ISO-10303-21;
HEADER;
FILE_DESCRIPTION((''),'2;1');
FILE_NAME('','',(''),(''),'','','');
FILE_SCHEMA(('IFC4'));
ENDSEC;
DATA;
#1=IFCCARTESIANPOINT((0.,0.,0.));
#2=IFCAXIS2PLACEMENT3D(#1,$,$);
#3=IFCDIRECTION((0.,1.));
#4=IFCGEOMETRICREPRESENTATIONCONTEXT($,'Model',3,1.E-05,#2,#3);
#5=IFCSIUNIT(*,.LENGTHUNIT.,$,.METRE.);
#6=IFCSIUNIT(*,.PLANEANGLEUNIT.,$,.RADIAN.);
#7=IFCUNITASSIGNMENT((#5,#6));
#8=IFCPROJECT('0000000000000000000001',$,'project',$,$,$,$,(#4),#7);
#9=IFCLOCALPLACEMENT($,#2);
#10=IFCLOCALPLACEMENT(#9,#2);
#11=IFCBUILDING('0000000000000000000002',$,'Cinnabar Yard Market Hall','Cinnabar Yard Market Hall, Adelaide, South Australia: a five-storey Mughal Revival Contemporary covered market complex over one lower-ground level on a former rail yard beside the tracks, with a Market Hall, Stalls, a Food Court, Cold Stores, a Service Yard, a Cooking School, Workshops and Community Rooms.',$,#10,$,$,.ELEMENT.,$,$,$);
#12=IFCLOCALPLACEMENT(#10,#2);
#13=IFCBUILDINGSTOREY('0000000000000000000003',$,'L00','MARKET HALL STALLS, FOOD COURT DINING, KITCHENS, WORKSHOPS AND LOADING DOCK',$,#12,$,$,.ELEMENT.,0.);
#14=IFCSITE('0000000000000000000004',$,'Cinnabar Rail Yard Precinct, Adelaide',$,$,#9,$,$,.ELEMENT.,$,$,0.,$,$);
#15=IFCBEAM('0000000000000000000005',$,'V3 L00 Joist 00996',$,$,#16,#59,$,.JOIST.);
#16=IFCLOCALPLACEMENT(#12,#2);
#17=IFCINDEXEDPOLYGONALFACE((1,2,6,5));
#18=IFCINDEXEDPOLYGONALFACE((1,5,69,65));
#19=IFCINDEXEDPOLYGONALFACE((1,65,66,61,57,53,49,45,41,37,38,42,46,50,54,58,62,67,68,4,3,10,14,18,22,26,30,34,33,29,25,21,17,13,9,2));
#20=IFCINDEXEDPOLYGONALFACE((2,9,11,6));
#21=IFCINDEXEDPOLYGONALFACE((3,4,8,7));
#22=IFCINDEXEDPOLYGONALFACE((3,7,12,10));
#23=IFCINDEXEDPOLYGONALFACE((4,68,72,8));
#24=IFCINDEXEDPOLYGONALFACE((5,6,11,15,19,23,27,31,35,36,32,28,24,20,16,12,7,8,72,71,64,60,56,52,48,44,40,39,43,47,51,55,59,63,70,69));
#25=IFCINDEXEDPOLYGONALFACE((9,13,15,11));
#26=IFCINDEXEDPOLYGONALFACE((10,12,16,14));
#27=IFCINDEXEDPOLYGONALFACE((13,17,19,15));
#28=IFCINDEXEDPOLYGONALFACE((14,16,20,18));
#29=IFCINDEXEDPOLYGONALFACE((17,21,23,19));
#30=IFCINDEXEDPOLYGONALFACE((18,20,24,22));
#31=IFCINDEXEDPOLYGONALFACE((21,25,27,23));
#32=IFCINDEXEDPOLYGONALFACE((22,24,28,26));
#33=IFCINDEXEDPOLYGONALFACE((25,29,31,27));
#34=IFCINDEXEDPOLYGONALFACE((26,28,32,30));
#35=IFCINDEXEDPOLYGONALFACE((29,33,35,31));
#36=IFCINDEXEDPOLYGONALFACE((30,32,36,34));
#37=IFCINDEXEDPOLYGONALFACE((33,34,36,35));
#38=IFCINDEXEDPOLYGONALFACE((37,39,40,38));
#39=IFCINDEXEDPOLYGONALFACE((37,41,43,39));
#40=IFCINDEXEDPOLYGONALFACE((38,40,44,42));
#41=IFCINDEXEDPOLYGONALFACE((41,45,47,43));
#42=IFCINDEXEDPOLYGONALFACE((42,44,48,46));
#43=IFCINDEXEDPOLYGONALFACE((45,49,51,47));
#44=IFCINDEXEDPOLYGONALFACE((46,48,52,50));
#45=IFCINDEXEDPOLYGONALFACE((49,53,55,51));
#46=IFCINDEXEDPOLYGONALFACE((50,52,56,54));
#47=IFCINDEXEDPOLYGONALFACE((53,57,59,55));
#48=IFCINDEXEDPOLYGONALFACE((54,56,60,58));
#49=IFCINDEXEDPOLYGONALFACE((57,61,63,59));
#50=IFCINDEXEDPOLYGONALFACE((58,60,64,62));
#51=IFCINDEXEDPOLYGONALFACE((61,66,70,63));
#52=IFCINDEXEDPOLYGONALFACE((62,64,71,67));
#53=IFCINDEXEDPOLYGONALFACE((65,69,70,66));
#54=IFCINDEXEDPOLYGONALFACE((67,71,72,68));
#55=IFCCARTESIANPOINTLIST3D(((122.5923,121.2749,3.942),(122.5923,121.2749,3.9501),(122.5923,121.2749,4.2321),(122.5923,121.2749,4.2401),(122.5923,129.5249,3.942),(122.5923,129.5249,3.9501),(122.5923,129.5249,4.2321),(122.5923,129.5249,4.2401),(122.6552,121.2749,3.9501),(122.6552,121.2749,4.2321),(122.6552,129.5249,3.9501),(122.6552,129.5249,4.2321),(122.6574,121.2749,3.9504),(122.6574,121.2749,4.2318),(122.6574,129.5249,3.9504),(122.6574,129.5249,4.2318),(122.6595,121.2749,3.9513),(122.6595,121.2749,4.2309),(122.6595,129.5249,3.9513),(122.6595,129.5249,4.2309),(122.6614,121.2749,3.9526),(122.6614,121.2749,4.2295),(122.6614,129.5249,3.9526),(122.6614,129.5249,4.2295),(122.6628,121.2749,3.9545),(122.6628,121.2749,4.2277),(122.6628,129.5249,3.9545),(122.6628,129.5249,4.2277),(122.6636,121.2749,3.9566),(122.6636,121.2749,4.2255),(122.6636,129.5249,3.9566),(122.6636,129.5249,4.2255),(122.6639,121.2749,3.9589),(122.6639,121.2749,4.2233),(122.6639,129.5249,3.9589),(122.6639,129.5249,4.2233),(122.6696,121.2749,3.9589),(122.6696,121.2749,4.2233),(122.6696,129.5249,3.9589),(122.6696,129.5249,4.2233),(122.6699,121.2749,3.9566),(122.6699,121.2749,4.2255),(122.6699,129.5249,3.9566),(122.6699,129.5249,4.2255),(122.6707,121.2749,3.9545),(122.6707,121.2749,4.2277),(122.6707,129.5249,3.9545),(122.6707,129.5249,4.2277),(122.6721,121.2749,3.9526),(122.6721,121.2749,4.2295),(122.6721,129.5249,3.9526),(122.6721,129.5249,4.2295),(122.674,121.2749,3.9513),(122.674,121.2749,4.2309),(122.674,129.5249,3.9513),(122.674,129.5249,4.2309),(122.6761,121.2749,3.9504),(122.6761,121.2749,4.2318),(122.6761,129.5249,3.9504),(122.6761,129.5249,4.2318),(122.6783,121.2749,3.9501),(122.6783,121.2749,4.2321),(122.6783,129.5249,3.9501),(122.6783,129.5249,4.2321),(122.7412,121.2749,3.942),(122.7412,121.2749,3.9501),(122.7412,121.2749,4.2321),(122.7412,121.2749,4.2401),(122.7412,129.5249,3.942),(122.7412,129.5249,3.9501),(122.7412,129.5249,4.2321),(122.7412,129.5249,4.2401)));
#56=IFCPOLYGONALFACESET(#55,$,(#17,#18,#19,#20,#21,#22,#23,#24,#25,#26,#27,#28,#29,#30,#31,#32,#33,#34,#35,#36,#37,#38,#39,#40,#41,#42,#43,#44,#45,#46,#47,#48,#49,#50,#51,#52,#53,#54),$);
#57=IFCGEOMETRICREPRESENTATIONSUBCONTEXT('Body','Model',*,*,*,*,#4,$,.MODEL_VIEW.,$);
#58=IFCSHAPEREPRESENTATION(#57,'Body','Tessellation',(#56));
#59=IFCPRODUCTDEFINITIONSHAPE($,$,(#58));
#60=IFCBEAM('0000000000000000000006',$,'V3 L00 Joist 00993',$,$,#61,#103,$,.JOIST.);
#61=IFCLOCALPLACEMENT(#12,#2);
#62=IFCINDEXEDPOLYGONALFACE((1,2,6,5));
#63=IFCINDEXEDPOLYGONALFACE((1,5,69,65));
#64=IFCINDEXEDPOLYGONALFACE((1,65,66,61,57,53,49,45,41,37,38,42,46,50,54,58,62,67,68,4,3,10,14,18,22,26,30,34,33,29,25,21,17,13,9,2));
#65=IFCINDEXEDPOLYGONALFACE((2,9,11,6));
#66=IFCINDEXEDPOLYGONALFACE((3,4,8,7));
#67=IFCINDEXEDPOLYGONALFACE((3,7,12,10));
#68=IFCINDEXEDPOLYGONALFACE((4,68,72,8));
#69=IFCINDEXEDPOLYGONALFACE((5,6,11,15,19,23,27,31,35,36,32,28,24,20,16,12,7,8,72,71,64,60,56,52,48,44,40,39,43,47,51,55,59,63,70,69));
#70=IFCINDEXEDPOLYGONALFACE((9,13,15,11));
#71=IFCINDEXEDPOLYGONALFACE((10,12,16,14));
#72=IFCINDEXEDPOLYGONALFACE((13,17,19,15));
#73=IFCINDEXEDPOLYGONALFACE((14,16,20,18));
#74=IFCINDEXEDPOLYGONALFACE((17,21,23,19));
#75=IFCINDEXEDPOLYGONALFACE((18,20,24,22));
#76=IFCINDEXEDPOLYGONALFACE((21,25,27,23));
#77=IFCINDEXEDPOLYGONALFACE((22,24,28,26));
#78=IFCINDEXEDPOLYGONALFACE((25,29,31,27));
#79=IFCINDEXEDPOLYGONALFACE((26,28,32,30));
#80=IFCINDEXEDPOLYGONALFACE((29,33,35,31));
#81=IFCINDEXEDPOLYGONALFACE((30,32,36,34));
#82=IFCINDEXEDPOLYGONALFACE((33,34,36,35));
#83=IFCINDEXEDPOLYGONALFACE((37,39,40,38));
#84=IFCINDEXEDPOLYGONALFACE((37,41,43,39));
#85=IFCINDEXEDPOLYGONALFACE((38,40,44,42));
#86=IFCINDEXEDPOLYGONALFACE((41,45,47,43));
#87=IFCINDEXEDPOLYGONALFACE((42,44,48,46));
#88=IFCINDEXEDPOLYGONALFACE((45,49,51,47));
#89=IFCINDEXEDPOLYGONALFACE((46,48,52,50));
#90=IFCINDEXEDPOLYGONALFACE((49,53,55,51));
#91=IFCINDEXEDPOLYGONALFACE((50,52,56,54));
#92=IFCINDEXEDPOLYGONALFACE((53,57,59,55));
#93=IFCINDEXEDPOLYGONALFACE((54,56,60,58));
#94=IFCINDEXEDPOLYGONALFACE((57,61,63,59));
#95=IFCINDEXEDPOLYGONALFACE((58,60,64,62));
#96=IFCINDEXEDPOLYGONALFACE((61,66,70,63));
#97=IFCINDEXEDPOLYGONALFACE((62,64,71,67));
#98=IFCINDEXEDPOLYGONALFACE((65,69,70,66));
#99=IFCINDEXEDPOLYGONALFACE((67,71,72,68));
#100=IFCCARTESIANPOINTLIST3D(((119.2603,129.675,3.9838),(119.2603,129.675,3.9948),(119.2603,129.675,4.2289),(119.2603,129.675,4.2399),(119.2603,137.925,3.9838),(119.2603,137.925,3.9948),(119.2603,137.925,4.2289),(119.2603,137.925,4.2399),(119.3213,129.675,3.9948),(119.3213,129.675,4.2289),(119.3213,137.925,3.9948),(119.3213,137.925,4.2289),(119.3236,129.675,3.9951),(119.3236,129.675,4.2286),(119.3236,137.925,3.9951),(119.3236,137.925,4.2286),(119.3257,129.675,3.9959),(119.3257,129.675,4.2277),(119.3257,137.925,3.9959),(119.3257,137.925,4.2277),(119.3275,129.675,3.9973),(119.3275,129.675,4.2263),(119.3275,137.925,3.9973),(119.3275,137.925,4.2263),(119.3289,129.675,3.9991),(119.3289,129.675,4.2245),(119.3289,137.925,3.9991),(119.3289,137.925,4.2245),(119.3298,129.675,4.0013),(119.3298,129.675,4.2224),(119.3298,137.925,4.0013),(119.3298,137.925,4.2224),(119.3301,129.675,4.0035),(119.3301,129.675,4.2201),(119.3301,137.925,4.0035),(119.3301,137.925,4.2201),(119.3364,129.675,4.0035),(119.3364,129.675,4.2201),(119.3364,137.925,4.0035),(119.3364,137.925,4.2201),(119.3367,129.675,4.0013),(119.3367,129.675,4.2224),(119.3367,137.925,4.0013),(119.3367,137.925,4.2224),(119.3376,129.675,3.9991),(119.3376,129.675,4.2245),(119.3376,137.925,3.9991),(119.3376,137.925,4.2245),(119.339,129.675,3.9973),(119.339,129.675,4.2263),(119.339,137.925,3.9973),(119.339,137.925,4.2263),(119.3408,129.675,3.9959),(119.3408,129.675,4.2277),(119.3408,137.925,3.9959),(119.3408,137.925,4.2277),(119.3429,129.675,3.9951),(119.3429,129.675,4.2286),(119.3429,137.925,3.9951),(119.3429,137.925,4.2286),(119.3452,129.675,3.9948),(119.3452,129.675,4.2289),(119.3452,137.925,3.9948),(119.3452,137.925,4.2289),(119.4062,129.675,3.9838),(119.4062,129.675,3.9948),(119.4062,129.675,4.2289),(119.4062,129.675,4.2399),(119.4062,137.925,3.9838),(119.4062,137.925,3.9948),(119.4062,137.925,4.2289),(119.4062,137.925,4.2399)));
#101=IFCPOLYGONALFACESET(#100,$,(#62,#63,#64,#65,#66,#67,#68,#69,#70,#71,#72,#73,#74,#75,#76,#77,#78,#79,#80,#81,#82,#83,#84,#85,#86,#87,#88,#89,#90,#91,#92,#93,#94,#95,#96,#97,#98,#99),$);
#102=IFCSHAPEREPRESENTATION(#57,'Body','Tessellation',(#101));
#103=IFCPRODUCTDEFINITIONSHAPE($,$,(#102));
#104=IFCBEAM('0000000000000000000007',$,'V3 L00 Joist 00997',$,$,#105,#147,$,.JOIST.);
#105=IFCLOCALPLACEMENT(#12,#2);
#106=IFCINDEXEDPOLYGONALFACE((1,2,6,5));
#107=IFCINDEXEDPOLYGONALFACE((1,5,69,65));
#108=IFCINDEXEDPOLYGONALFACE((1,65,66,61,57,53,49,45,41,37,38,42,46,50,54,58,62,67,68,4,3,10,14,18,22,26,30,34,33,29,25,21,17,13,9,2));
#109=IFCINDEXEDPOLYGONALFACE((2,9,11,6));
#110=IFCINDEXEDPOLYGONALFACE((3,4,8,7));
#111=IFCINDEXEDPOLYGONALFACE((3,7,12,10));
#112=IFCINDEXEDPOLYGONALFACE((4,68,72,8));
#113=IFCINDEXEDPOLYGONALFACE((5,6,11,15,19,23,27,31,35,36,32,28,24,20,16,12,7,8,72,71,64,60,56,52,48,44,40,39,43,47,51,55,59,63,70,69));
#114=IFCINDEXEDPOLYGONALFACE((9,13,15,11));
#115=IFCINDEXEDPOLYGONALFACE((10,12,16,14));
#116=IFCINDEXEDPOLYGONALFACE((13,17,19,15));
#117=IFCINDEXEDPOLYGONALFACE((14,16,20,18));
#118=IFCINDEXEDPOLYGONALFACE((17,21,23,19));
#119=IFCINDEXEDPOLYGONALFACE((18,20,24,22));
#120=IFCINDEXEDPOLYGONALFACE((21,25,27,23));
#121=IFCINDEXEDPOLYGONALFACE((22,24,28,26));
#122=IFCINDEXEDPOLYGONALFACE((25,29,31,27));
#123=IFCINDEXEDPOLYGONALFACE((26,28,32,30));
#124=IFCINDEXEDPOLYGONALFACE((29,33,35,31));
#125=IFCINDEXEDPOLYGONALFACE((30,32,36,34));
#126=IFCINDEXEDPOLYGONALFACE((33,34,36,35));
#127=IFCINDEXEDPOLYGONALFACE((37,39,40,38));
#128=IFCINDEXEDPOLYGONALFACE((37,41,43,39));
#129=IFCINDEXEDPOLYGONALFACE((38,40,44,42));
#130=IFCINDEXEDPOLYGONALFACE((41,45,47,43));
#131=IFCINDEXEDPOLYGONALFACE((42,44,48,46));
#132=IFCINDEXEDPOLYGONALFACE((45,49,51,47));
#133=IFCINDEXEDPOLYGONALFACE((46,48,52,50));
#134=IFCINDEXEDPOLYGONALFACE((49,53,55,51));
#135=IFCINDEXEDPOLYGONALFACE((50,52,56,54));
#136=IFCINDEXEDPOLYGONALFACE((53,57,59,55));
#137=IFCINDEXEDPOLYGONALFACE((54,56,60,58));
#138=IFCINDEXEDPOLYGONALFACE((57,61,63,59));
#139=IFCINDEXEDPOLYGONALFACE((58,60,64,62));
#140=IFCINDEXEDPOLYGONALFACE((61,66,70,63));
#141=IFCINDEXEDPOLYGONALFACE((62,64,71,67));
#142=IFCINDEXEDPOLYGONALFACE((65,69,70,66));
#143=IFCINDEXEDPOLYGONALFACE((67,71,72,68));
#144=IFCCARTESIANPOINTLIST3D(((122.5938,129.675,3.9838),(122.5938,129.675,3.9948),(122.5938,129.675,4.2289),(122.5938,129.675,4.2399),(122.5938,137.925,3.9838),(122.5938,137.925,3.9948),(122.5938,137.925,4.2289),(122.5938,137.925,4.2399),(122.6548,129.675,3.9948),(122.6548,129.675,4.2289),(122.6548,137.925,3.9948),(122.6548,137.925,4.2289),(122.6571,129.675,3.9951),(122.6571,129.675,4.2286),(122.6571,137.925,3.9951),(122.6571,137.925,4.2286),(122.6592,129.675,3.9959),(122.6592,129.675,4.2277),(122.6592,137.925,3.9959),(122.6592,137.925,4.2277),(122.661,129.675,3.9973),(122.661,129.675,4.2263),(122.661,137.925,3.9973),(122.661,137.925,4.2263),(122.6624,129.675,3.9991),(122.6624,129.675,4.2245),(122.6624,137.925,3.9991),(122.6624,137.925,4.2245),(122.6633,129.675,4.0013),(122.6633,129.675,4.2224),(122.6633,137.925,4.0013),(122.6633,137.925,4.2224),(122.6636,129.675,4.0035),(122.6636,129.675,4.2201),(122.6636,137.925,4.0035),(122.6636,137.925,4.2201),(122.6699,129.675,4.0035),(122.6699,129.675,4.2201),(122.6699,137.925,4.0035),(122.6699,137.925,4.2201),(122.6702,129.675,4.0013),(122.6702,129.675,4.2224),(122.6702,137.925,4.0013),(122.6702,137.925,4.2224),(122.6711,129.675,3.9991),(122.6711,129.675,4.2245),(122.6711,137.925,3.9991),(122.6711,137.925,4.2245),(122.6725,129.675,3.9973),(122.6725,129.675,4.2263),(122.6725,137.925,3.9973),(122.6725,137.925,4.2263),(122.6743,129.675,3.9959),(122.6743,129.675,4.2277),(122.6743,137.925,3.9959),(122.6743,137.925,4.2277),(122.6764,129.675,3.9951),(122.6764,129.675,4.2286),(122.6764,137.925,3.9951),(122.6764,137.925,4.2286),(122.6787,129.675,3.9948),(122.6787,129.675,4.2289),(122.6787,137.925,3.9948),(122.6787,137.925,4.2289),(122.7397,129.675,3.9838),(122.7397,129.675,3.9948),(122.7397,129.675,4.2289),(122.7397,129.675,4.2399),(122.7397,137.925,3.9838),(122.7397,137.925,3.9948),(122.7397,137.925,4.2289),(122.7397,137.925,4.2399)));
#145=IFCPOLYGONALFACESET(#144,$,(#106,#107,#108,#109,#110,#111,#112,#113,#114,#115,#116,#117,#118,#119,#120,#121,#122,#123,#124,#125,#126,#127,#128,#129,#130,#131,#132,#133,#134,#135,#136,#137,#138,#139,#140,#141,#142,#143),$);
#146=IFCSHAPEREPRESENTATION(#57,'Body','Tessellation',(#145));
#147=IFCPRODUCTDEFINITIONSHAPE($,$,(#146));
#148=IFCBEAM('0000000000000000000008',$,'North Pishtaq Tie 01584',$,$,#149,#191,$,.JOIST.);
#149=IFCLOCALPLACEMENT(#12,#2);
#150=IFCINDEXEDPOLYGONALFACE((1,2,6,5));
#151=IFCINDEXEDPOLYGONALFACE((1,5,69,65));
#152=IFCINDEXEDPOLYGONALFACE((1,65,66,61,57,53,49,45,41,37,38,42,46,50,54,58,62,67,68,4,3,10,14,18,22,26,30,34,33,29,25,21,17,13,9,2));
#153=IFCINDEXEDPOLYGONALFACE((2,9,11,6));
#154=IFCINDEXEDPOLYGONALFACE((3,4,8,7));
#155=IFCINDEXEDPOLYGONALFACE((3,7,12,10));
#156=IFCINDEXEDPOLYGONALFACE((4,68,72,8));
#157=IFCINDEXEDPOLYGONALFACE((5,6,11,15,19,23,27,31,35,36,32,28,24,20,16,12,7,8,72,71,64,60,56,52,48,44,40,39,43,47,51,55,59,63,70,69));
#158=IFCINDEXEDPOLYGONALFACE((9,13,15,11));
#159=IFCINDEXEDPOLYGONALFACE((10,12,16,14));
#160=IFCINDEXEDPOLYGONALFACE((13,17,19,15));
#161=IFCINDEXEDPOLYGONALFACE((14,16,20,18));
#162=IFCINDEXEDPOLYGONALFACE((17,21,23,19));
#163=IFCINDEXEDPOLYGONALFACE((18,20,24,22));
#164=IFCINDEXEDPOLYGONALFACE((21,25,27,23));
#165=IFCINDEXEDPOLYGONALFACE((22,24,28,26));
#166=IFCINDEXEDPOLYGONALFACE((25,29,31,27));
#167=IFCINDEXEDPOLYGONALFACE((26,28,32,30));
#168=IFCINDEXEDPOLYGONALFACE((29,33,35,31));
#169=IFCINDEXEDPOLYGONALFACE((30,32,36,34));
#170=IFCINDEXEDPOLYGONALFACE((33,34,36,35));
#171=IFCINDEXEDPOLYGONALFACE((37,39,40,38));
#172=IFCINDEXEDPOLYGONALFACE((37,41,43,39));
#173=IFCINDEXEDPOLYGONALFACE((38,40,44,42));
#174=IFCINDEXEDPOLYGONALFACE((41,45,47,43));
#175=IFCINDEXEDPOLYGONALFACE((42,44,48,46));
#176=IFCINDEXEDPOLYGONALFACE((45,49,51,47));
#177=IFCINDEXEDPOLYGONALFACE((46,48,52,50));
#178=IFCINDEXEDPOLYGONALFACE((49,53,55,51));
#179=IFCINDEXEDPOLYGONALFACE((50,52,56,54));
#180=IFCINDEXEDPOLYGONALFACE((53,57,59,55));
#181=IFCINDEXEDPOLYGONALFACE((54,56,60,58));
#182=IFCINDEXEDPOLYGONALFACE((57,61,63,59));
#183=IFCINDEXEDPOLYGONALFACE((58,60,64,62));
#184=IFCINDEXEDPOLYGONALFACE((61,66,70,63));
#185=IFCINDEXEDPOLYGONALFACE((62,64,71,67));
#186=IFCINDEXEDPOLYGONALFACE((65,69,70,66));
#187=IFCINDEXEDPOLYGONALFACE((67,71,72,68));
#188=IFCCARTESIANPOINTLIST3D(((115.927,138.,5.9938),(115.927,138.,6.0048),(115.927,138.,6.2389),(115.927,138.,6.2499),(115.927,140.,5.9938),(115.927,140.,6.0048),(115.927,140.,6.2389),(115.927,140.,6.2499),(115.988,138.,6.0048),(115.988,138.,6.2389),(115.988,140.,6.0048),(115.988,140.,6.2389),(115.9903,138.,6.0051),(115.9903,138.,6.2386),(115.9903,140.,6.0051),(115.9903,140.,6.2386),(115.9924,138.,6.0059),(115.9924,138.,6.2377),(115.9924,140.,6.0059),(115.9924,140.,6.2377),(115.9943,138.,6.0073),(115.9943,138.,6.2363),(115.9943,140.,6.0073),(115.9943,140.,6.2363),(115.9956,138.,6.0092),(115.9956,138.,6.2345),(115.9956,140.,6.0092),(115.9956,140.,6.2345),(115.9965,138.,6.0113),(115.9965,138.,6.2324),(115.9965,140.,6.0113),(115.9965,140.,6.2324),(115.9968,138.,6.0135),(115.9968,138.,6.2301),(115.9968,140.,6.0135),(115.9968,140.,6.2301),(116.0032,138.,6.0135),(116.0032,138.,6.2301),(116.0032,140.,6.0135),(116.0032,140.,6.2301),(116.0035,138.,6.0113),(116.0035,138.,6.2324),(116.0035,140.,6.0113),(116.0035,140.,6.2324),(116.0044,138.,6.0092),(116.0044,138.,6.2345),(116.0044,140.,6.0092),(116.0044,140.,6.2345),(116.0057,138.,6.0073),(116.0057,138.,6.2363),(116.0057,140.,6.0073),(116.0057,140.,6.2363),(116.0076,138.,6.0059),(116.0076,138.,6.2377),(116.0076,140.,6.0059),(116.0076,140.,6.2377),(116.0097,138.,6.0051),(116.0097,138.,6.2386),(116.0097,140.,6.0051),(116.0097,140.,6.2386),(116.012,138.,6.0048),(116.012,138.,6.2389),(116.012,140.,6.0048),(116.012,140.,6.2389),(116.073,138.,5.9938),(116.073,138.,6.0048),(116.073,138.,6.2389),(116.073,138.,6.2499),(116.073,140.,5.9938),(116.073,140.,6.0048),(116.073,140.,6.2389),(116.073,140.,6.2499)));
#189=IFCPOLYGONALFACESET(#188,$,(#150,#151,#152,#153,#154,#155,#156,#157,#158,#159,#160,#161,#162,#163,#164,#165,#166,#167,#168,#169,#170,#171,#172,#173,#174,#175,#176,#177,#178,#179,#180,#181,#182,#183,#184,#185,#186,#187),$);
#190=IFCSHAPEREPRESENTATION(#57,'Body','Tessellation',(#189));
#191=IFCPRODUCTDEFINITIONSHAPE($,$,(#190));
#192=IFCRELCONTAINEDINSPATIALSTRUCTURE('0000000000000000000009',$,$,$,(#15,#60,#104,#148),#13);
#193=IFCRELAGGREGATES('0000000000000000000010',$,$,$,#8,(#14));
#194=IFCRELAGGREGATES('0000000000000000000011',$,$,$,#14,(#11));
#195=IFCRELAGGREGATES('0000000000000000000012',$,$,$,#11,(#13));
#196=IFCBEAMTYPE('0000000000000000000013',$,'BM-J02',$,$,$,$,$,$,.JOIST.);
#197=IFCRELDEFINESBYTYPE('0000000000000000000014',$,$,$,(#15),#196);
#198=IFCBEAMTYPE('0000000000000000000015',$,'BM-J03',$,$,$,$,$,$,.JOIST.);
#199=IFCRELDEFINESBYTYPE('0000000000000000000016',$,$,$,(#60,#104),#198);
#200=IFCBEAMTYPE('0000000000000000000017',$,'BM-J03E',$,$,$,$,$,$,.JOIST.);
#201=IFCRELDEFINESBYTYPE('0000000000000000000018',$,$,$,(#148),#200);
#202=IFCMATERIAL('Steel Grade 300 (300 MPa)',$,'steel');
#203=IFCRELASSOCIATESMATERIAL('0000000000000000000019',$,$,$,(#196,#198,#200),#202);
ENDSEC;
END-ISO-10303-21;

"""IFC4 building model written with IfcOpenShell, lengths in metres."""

from ifc_helpers import new_model, si_unit, direction, frame, origin, origin_2d_with_axis, place, context, subcontext, project, spatial, i_section, extrude, material, material_profile, profile_set, type_object, element, save


model = new_model("IFC4")

# Units and contexts
model_context = context("Model", 3, precision=1e-05, world=origin(), true_north=direction((0.0, 1.0)))
body_context = subcontext(model_context, "Body", "Model", "MODEL_VIEW")
ifc_project = project(units=[si_unit("LENGTHUNIT", "METRE"), si_unit("PLANEANGLEUNIT", "RADIAN")], contexts=[model_context])

# Site, building, storey
site_placement = place(None, origin())
site = spatial("IfcSite", under=ifc_project, at=site_placement, Name="Cinnabar Rail Yard Precinct, Adelaide", CompositionType="ELEMENT", RefElevation=0.0)
building_placement = place(site_placement, origin())
building = spatial("IfcBuilding", under=site, at=building_placement, Name="Cinnabar Yard Market Hall", Description="Cinnabar Yard Market Hall, Adelaide, South Australia: a five-storey Mughal Revival Contemporary covered market complex over one lower-ground level on a former rail yard beside the tracks, with a Market Hall, Stalls, a Food Court, Cold Stores, a Service Yard, a Cooking School, Workshops and Community Rooms.", CompositionType="ELEMENT")
storey_placement = place(building_placement, origin())
storey = spatial("IfcBuildingStorey", under=building, at=storey_placement, Name="L00", Description="MARKET HALL STALLS, FOOD COURT DINING, KITCHENS, WORKSHOPS AND LOADING DOCK", CompositionType="ELEMENT", Elevation=0.0)

# Shared definitions
ifc_material_1 = material(Name="Steel Grade 300 (300 MPa)", Category="steel")

# Beams
ifc_material_profile_1 = material_profile(ifc_material_1, i_section(OverallWidth=0.1489, OverallDepth=0.2981, WebThickness=0.0056, FlangeThickness=0.0081, FilletRadius=0.0088, at=origin_2d_with_axis()), Name="310UB32.0")
ifc_profile_set_1 = profile_set([ifc_material_profile_1], Name="Steel Grade 300 (300 MPa)")
beam_type_1 = type_object("IfcBeamType", Name="BM-J02", PredefinedType="JOIST", material=ifc_profile_set_1)
beam_1_placement = place(storey_placement, frame((122.6667, 121.2749, 4.0911), z_axis=(0.0, 1.0, 0.0), x_axis=(-1.0, 0.0, 0.0)))
element("IfcBeam", 1, at=beam_1_placement, inside=storey, type_object=beam_type_1, Name="V3 L00 Joist 00996", PredefinedType="JOIST", context=body_context, shape_type="SweptSolid", body=[
    extrude(i_section(OverallWidth=0.1489, OverallDepth=0.2981, WebThickness=0.0056, FlangeThickness=0.0081, FilletRadius=0.0088, at=origin_2d_with_axis()), origin(), (0.0, 0.0, 1.0), 8.25),
])
ifc_material_profile_2 = material_profile(ifc_material_1, i_section(OverallWidth=0.146, OverallDepth=0.2561, WebThickness=0.0063, FlangeThickness=0.011, FilletRadius=0.0088, at=origin_2d_with_axis()), Name="250UB37.3")
ifc_profile_set_2 = profile_set([ifc_material_profile_2], Name="Steel Grade 300 (300 MPa)")
beam_type_2 = type_object("IfcBeamType", Name="BM-J03", PredefinedType="JOIST", material=ifc_profile_set_2)
for number, where, z_axis, x_axis, name in (
    (2, (119.3333, 129.675, 4.1118), (0.0, 1.0, 0.0), (-1.0, 0.0, 0.0), "V3 L00 Joist 00993"),
    (3, (122.6667, 129.675, 4.1118), (0.0, 1.0, 0.0), (-1.0, 0.0, 0.0), "V3 L00 Joist 00997"),
):
    element("IfcBeam", number, at=place(storey_placement, frame(where, z_axis=z_axis, x_axis=x_axis)), inside=storey, type_object=beam_type_2, Name=name, PredefinedType="JOIST", context=body_context, shape_type="SweptSolid", body=[
        extrude(i_section(OverallWidth=0.146, OverallDepth=0.2561, WebThickness=0.0063, FlangeThickness=0.011, FilletRadius=0.0088, at=origin_2d_with_axis()), origin(), (0.0, 0.0, 1.0), 8.25),
    ])
ifc_material_profile_3 = material_profile(ifc_material_1, i_section(OverallWidth=0.146, OverallDepth=0.2561, WebThickness=0.0063, FlangeThickness=0.011, FilletRadius=0.0088, at=origin_2d_with_axis()), Name="250UB37.3")
ifc_profile_set_3 = profile_set([ifc_material_profile_3], Name="Steel Grade 300 (300 MPa)")
beam_type_3 = type_object("IfcBeamType", Name="BM-J03E", PredefinedType="JOIST", material=ifc_profile_set_3)
beam_2_placement = place(storey_placement, frame((116.0, 138.0, 6.1218), z_axis=(0.0, 1.0, 0.0), x_axis=(-1.0, 0.0, 0.0)))
element("IfcBeam", 4, at=beam_2_placement, inside=storey, type_object=beam_type_3, Name="North Pishtaq Tie 01584", PredefinedType="JOIST", context=body_context, shape_type="SweptSolid", body=[
    extrude(i_section(OverallWidth=0.146, OverallDepth=0.2561, WebThickness=0.0063, FlangeThickness=0.011, FilletRadius=0.0088, at=origin_2d_with_axis()), origin(), (0.0, 0.0, 1.0), 2.0),
])

save(model, "model.ifc")
